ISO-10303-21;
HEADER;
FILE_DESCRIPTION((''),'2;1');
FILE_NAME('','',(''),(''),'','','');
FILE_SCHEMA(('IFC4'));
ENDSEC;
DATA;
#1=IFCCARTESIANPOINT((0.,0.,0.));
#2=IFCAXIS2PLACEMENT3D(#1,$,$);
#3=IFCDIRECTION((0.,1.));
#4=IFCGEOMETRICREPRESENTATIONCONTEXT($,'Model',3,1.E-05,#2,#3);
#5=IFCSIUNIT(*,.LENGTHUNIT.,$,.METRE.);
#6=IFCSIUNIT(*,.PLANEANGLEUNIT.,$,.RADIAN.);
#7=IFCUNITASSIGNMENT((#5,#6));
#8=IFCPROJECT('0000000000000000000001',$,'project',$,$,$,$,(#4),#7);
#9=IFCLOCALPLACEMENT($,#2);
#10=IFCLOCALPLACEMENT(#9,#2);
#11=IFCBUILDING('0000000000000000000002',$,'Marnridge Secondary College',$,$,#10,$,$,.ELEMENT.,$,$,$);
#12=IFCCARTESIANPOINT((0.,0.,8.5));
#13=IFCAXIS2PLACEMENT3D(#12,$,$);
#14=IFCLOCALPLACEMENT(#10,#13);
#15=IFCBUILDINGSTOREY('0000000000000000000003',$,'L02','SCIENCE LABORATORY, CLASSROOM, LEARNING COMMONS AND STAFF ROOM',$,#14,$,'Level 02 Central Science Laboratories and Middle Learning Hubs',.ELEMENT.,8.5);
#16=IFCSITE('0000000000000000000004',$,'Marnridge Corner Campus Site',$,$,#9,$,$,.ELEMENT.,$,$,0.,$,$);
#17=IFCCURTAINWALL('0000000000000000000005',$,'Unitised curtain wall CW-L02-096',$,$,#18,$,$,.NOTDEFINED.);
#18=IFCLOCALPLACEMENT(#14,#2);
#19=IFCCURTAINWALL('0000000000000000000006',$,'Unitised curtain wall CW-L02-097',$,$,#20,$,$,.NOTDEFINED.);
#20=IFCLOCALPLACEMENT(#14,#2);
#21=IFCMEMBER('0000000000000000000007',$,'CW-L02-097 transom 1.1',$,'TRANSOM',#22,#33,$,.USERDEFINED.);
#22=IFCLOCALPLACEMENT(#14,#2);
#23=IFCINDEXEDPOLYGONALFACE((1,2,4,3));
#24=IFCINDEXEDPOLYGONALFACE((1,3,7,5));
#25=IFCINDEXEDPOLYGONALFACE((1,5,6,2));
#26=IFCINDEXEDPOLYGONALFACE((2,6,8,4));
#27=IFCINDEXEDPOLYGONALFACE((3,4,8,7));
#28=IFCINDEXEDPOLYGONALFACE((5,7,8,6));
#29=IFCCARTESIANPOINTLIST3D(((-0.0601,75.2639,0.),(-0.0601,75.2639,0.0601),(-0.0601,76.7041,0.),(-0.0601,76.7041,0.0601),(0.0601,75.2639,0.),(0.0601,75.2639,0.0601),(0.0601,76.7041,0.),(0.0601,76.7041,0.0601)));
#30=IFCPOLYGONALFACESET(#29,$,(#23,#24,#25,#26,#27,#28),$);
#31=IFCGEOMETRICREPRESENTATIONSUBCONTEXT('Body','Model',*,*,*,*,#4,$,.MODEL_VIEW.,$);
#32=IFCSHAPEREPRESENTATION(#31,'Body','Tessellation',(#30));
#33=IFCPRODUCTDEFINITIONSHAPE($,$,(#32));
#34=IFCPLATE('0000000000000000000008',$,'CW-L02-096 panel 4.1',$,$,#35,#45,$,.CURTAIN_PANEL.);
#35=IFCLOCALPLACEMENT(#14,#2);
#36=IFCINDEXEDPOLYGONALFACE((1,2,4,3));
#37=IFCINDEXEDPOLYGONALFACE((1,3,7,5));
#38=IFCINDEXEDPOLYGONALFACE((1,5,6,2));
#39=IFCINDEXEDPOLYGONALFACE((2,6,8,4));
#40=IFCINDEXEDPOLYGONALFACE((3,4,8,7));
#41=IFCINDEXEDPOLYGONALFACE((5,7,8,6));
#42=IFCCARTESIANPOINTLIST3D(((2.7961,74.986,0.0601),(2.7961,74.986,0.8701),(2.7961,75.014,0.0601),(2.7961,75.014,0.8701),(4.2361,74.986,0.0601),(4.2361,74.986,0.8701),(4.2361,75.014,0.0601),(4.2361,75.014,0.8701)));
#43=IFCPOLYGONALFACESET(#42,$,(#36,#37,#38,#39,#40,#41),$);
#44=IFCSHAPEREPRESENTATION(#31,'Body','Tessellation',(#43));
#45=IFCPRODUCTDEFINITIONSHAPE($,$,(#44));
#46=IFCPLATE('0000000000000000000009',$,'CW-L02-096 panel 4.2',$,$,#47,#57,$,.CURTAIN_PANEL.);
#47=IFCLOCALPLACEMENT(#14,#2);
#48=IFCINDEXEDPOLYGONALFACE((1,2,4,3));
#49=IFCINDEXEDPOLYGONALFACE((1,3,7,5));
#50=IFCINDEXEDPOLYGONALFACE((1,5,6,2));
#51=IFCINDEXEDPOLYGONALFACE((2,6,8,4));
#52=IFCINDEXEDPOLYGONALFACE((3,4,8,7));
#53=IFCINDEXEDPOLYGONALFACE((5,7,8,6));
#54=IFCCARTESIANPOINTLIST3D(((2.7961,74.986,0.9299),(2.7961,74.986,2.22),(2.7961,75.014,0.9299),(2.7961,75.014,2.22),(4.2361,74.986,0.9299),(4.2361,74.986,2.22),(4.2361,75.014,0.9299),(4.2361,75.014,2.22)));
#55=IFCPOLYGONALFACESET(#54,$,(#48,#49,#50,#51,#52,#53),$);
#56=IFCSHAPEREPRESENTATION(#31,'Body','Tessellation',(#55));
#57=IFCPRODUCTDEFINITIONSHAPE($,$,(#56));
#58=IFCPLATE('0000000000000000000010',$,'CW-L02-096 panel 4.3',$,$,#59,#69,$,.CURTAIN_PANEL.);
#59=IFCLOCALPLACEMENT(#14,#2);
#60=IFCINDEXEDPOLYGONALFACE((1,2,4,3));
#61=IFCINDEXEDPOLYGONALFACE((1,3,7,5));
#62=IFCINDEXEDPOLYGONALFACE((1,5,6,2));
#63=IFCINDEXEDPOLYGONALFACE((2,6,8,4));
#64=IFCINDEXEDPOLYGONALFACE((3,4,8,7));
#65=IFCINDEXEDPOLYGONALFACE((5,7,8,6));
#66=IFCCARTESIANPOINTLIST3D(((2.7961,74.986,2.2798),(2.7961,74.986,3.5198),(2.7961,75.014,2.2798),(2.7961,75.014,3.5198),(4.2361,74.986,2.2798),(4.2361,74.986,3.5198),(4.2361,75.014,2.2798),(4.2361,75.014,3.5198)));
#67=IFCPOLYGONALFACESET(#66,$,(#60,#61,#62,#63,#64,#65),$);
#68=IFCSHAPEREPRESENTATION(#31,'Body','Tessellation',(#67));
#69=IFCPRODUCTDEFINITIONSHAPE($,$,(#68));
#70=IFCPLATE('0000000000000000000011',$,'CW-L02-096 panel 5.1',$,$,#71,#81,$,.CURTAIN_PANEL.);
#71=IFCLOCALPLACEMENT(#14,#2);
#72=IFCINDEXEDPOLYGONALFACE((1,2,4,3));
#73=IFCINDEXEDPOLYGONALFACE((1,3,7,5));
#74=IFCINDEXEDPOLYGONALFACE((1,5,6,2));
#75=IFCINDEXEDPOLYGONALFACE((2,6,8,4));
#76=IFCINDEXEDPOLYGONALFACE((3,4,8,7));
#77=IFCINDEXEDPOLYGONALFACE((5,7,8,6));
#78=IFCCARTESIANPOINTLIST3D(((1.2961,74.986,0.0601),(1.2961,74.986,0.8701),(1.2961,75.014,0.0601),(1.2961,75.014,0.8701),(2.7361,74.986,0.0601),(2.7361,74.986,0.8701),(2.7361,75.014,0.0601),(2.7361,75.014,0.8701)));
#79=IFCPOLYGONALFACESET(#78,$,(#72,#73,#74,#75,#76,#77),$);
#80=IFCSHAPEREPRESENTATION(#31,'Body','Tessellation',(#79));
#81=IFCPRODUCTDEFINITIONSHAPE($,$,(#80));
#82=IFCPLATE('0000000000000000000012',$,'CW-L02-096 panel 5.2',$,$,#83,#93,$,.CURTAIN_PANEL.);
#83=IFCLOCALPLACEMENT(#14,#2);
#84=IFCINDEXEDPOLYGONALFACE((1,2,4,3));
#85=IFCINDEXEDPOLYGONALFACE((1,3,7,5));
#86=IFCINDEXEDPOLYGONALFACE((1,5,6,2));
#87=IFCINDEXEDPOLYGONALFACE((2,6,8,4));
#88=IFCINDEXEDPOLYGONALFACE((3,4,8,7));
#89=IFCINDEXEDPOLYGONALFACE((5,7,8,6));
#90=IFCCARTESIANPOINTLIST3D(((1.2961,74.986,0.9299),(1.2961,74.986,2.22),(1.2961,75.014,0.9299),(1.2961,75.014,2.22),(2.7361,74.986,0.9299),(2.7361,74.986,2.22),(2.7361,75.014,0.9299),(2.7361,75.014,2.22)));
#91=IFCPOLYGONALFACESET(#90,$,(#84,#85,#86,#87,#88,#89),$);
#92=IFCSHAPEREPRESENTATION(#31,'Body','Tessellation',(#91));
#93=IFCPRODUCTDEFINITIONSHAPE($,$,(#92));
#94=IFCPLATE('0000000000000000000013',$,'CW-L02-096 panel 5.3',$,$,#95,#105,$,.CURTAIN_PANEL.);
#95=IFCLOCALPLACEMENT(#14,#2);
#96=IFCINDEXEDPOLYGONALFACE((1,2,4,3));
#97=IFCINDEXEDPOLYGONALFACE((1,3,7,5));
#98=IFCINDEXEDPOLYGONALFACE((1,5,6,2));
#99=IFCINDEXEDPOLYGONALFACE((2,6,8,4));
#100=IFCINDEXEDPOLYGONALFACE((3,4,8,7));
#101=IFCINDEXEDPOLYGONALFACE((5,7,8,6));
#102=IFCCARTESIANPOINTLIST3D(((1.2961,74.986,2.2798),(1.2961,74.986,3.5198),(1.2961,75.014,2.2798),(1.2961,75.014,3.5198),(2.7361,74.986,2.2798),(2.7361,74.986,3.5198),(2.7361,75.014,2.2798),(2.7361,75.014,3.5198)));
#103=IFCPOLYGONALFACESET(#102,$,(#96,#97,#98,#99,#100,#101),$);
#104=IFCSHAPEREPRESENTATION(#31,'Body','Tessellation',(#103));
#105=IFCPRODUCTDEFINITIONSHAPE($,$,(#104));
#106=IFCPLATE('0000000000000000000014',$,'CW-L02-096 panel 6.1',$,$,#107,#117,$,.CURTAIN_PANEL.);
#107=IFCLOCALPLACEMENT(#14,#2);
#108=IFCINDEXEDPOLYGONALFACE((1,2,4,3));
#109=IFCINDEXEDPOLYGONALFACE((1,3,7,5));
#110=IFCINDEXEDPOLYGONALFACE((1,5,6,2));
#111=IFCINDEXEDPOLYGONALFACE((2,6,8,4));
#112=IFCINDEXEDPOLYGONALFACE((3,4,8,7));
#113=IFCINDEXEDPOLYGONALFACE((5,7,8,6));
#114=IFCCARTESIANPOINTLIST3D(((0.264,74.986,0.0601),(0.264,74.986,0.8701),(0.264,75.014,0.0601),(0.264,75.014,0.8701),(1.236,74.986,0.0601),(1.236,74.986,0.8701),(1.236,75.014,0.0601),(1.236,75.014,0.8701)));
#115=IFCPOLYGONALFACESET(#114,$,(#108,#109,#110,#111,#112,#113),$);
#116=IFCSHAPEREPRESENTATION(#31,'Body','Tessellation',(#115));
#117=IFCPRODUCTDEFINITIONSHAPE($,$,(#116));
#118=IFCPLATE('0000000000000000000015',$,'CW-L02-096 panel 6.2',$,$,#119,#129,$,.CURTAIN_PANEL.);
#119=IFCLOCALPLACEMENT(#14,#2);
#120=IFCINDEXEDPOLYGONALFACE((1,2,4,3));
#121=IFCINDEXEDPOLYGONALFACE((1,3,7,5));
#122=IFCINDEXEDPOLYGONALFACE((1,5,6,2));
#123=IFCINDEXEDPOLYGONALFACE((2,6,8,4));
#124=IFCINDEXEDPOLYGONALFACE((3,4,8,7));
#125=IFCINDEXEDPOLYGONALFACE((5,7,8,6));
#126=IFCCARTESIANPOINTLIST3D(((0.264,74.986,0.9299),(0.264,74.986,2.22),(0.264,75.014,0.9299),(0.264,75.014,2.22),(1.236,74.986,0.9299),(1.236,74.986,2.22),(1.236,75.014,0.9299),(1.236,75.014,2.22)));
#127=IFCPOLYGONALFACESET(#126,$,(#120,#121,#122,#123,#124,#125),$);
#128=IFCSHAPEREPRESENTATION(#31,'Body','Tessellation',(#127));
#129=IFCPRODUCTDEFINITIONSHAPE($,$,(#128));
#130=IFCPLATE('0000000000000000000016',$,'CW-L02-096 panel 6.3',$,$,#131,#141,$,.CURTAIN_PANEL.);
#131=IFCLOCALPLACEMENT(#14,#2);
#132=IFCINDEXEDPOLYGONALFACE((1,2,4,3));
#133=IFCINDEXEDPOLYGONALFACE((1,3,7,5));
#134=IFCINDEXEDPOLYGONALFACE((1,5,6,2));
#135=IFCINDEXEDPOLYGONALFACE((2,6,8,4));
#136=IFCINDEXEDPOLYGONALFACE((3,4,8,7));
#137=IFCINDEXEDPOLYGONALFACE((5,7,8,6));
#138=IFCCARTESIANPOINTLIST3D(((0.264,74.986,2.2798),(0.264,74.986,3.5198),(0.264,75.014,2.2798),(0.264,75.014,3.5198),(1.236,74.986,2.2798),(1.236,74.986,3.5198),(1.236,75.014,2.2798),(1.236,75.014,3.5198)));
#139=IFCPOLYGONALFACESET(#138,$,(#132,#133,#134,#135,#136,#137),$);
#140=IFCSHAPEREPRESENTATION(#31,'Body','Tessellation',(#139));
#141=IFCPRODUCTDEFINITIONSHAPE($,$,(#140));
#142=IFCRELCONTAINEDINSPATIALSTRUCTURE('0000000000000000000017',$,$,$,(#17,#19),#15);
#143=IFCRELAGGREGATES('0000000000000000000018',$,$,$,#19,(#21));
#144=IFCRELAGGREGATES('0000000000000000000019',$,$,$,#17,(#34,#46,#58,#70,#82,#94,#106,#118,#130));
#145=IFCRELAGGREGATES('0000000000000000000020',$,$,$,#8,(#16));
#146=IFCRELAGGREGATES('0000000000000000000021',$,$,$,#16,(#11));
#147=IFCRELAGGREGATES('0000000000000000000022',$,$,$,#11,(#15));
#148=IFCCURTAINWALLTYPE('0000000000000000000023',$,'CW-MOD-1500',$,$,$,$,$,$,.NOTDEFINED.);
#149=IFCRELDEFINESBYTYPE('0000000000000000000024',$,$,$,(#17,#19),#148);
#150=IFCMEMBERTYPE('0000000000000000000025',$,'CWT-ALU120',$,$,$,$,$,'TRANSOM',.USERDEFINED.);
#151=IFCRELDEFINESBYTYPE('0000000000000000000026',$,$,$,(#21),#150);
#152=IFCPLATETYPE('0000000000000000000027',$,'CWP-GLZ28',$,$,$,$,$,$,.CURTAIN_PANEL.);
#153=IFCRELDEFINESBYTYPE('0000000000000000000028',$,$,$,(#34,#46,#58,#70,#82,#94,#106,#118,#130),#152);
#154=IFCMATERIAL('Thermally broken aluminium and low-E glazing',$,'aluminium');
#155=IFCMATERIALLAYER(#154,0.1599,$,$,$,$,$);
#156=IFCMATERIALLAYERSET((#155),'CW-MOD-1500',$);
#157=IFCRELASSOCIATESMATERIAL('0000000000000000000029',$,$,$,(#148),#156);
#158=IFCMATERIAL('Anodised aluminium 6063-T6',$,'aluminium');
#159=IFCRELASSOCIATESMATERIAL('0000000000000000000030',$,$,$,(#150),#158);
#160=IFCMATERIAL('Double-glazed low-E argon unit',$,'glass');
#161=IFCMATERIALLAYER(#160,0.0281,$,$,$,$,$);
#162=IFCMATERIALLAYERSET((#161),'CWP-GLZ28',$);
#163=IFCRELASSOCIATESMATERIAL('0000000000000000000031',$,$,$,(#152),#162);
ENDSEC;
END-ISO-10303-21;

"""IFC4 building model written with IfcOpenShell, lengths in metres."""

from ifc_helpers import new_model, si_unit, direction, frame, origin, origin_2d, place, context, subcontext, project, spatial, rectangle, extrude, material, layer, layer_set, material_profile, profile_set, type_object, element, aggregate, save


model = new_model("IFC4")

# Units and contexts
model_context = context("Model", 3, precision=1e-05, world=origin(), true_north=direction((0.0, 1.0)))
body_context = subcontext(model_context, "Body", "Model", "MODEL_VIEW")
ifc_project = project(units=[si_unit("LENGTHUNIT", "METRE"), si_unit("PLANEANGLEUNIT", "RADIAN")], contexts=[model_context])

# Site, building, storey
site_placement = place(None, origin())
site = spatial("IfcSite", under=ifc_project, at=site_placement, Name="Marnridge Corner Campus Site", CompositionType="ELEMENT", RefElevation=0.0)
building_placement = place(site_placement, origin())
building = spatial("IfcBuilding", under=site, at=building_placement, Name="Marnridge Secondary College", CompositionType="ELEMENT")
storey_placement = place(building_placement, frame((0.0, 0.0, 8.5)))
storey = spatial("IfcBuildingStorey", under=building, at=storey_placement, Name="L02", Description="SCIENCE LABORATORY, CLASSROOM, LEARNING COMMONS AND STAFF ROOM", LongName="Level 02 Central Science Laboratories and Middle Learning Hubs", CompositionType="ELEMENT", Elevation=8.5)

# Curtain wall
ifc_material_1 = material(Name="Thermally broken aluminium and low-E glazing", Category="aluminium")
ifc_layer_1 = layer(ifc_material_1, 0.1599)
ifc_layer_set_1 = layer_set([ifc_layer_1], Name="CW-MOD-1500")
curtain_wall_type = type_object("IfcCurtainWallType", Name="CW-MOD-1500", PredefinedType="NOTDEFINED", material=ifc_layer_set_1)
curtain_wall_1_placement = place(storey_placement, origin())
curtain_wall_1 = element("IfcCurtainWall", 1, at=curtain_wall_1_placement, inside=storey, type_object=curtain_wall_type, Name="Unitised curtain wall CW-L02-096", PredefinedType="NOTDEFINED")

# Curtain wall
curtain_wall_2_placement = place(storey_placement, origin())
curtain_wall_2 = element("IfcCurtainWall", 2, at=curtain_wall_2_placement, inside=storey, type_object=curtain_wall_type, Name="Unitised curtain wall CW-L02-097", PredefinedType="NOTDEFINED")

# Member
ifc_material_2 = material(Name="Anodised aluminium 6063-T6", Category="aluminium")
ifc_material_profile_1 = material_profile(ifc_material_2, rectangle(XDim=0.0601, YDim=0.1201, at=origin_2d()), Name="ALU 60x120")
ifc_profile_set_1 = profile_set([ifc_material_profile_1], Name="Anodised aluminium 6063-T6")
member_type_1 = type_object("IfcMemberType", Name="CWT-ALU120", ElementType="TRANSOM", PredefinedType="USERDEFINED", material=ifc_profile_set_1)
member_1_placement = place(storey_placement, frame((0.0, 75.2639, 0.03), z_axis=(0.0, 1.0, 0.0), x_axis=(0.0, 0.0, 1.0)))
member_1 = element("IfcMember", 3, at=member_1_placement, type_object=member_type_1, Name="CW-L02-097 transom 1.1", ObjectType="TRANSOM", PredefinedType="USERDEFINED", context=body_context, shape_type="SweptSolid", body=[
    extrude(rectangle(XDim=0.0601, YDim=0.1201, at=origin_2d()), origin(), (0.0, 0.0, 1.0), 1.4402),
])
aggregate(curtain_wall_2, [member_1])

# Plates
ifc_material_3 = material(Name="Double-glazed low-E argon unit", Category="glass")
ifc_layer_2 = layer(ifc_material_3, 0.0281)
ifc_layer_set_2 = layer_set([ifc_layer_2], Name="CWP-GLZ28")
plate_type = type_object("IfcPlateType", Name="CWP-GLZ28", PredefinedType="CURTAIN_PANEL", material=ifc_layer_set_2)
plate_1_placement = place(storey_placement, frame((3.5161, 75.0, 0.0601), z_axis=(0.0, 0.0, 1.0), x_axis=(-1.0, 0.0, 0.0)))
plate_1 = element("IfcPlate", 4, at=plate_1_placement, type_object=plate_type, Name="CW-L02-096 panel 4.1", PredefinedType="CURTAIN_PANEL", context=body_context, shape_type="SweptSolid", body=[
    extrude(rectangle(XDim=1.4399, YDim=0.0281, at=origin_2d()), origin(), (0.0, 0.0, 1.0), 0.8101),
])
plate_2_placement = place(storey_placement, frame((3.5161, 75.0, 0.9299), z_axis=(0.0, 0.0, 1.0), x_axis=(-1.0, 0.0, 0.0)))
plate_2 = element("IfcPlate", 5, at=plate_2_placement, type_object=plate_type, Name="CW-L02-096 panel 4.2", PredefinedType="CURTAIN_PANEL", context=body_context, shape_type="SweptSolid", body=[
    extrude(rectangle(XDim=1.4399, YDim=0.0281, at=origin_2d()), origin(), (0.0, 0.0, 1.0), 1.29),
])
plate_3_placement = place(storey_placement, frame((3.5161, 75.0, 2.2798), z_axis=(0.0, 0.0, 1.0), x_axis=(-1.0, 0.0, 0.0)))
plate_3 = element("IfcPlate", 6, at=plate_3_placement, type_object=plate_type, Name="CW-L02-096 panel 4.3", PredefinedType="CURTAIN_PANEL", context=body_context, shape_type="SweptSolid", body=[
    extrude(rectangle(XDim=1.4399, YDim=0.0281, at=origin_2d()), origin(), (0.0, 0.0, 1.0), 1.24),
])
plate_4_placement = place(storey_placement, frame((2.0161, 75.0, 0.0601), z_axis=(0.0, 0.0, 1.0), x_axis=(-1.0, 0.0, 0.0)))
plate_4 = element("IfcPlate", 7, at=plate_4_placement, type_object=plate_type, Name="CW-L02-096 panel 5.1", PredefinedType="CURTAIN_PANEL", context=body_context, shape_type="SweptSolid", body=[
    extrude(rectangle(XDim=1.4399, YDim=0.0281, at=origin_2d()), origin(), (0.0, 0.0, 1.0), 0.8101),
])
plate_5_placement = place(storey_placement, frame((2.0161, 75.0, 0.9299), z_axis=(0.0, 0.0, 1.0), x_axis=(-1.0, 0.0, 0.0)))
plate_5 = element("IfcPlate", 8, at=plate_5_placement, type_object=plate_type, Name="CW-L02-096 panel 5.2", PredefinedType="CURTAIN_PANEL", context=body_context, shape_type="SweptSolid", body=[
    extrude(rectangle(XDim=1.4399, YDim=0.0281, at=origin_2d()), origin(), (0.0, 0.0, 1.0), 1.29),
])
plate_6_placement = place(storey_placement, frame((2.0161, 75.0, 2.2798), z_axis=(0.0, 0.0, 1.0), x_axis=(-1.0, 0.0, 0.0)))
plate_6 = element("IfcPlate", 9, at=plate_6_placement, type_object=plate_type, Name="CW-L02-096 panel 5.3", PredefinedType="CURTAIN_PANEL", context=body_context, shape_type="SweptSolid", body=[
    extrude(rectangle(XDim=1.4399, YDim=0.0281, at=origin_2d()), origin(), (0.0, 0.0, 1.0), 1.24),
])
plate_7_placement = place(storey_placement, frame((0.75, 75.0, 0.0601), z_axis=(0.0, 0.0, 1.0), x_axis=(-1.0, 0.0, 0.0)))
plate_7 = element("IfcPlate", 10, at=plate_7_placement, type_object=plate_type, Name="CW-L02-096 panel 6.1", PredefinedType="CURTAIN_PANEL", context=body_context, shape_type="SweptSolid", body=[
    extrude(rectangle(XDim=0.9719, YDim=0.0281, at=origin_2d()), origin(), (0.0, 0.0, 1.0), 0.8101),
])
plate_8_placement = place(storey_placement, frame((0.75, 75.0, 0.9299), z_axis=(0.0, 0.0, 1.0), x_axis=(-1.0, 0.0, 0.0)))
plate_8 = element("IfcPlate", 11, at=plate_8_placement, type_object=plate_type, Name="CW-L02-096 panel 6.2", PredefinedType="CURTAIN_PANEL", context=body_context, shape_type="SweptSolid", body=[
    extrude(rectangle(XDim=0.9719, YDim=0.0281, at=origin_2d()), origin(), (0.0, 0.0, 1.0), 1.29),
])
plate_9_placement = place(storey_placement, frame((0.75, 75.0, 2.2798), z_axis=(0.0, 0.0, 1.0), x_axis=(-1.0, 0.0, 0.0)))
plate_9 = element("IfcPlate", 12, at=plate_9_placement, type_object=plate_type, Name="CW-L02-096 panel 6.3", PredefinedType="CURTAIN_PANEL", context=body_context, shape_type="SweptSolid", body=[
    extrude(rectangle(XDim=0.9719, YDim=0.0281, at=origin_2d()), origin(), (0.0, 0.0, 1.0), 1.24),
])
aggregate(curtain_wall_1, [plate_1, plate_2, plate_3, plate_4, plate_5, plate_6, plate_7, plate_8, plate_9])

save(model, "model.ifc")
